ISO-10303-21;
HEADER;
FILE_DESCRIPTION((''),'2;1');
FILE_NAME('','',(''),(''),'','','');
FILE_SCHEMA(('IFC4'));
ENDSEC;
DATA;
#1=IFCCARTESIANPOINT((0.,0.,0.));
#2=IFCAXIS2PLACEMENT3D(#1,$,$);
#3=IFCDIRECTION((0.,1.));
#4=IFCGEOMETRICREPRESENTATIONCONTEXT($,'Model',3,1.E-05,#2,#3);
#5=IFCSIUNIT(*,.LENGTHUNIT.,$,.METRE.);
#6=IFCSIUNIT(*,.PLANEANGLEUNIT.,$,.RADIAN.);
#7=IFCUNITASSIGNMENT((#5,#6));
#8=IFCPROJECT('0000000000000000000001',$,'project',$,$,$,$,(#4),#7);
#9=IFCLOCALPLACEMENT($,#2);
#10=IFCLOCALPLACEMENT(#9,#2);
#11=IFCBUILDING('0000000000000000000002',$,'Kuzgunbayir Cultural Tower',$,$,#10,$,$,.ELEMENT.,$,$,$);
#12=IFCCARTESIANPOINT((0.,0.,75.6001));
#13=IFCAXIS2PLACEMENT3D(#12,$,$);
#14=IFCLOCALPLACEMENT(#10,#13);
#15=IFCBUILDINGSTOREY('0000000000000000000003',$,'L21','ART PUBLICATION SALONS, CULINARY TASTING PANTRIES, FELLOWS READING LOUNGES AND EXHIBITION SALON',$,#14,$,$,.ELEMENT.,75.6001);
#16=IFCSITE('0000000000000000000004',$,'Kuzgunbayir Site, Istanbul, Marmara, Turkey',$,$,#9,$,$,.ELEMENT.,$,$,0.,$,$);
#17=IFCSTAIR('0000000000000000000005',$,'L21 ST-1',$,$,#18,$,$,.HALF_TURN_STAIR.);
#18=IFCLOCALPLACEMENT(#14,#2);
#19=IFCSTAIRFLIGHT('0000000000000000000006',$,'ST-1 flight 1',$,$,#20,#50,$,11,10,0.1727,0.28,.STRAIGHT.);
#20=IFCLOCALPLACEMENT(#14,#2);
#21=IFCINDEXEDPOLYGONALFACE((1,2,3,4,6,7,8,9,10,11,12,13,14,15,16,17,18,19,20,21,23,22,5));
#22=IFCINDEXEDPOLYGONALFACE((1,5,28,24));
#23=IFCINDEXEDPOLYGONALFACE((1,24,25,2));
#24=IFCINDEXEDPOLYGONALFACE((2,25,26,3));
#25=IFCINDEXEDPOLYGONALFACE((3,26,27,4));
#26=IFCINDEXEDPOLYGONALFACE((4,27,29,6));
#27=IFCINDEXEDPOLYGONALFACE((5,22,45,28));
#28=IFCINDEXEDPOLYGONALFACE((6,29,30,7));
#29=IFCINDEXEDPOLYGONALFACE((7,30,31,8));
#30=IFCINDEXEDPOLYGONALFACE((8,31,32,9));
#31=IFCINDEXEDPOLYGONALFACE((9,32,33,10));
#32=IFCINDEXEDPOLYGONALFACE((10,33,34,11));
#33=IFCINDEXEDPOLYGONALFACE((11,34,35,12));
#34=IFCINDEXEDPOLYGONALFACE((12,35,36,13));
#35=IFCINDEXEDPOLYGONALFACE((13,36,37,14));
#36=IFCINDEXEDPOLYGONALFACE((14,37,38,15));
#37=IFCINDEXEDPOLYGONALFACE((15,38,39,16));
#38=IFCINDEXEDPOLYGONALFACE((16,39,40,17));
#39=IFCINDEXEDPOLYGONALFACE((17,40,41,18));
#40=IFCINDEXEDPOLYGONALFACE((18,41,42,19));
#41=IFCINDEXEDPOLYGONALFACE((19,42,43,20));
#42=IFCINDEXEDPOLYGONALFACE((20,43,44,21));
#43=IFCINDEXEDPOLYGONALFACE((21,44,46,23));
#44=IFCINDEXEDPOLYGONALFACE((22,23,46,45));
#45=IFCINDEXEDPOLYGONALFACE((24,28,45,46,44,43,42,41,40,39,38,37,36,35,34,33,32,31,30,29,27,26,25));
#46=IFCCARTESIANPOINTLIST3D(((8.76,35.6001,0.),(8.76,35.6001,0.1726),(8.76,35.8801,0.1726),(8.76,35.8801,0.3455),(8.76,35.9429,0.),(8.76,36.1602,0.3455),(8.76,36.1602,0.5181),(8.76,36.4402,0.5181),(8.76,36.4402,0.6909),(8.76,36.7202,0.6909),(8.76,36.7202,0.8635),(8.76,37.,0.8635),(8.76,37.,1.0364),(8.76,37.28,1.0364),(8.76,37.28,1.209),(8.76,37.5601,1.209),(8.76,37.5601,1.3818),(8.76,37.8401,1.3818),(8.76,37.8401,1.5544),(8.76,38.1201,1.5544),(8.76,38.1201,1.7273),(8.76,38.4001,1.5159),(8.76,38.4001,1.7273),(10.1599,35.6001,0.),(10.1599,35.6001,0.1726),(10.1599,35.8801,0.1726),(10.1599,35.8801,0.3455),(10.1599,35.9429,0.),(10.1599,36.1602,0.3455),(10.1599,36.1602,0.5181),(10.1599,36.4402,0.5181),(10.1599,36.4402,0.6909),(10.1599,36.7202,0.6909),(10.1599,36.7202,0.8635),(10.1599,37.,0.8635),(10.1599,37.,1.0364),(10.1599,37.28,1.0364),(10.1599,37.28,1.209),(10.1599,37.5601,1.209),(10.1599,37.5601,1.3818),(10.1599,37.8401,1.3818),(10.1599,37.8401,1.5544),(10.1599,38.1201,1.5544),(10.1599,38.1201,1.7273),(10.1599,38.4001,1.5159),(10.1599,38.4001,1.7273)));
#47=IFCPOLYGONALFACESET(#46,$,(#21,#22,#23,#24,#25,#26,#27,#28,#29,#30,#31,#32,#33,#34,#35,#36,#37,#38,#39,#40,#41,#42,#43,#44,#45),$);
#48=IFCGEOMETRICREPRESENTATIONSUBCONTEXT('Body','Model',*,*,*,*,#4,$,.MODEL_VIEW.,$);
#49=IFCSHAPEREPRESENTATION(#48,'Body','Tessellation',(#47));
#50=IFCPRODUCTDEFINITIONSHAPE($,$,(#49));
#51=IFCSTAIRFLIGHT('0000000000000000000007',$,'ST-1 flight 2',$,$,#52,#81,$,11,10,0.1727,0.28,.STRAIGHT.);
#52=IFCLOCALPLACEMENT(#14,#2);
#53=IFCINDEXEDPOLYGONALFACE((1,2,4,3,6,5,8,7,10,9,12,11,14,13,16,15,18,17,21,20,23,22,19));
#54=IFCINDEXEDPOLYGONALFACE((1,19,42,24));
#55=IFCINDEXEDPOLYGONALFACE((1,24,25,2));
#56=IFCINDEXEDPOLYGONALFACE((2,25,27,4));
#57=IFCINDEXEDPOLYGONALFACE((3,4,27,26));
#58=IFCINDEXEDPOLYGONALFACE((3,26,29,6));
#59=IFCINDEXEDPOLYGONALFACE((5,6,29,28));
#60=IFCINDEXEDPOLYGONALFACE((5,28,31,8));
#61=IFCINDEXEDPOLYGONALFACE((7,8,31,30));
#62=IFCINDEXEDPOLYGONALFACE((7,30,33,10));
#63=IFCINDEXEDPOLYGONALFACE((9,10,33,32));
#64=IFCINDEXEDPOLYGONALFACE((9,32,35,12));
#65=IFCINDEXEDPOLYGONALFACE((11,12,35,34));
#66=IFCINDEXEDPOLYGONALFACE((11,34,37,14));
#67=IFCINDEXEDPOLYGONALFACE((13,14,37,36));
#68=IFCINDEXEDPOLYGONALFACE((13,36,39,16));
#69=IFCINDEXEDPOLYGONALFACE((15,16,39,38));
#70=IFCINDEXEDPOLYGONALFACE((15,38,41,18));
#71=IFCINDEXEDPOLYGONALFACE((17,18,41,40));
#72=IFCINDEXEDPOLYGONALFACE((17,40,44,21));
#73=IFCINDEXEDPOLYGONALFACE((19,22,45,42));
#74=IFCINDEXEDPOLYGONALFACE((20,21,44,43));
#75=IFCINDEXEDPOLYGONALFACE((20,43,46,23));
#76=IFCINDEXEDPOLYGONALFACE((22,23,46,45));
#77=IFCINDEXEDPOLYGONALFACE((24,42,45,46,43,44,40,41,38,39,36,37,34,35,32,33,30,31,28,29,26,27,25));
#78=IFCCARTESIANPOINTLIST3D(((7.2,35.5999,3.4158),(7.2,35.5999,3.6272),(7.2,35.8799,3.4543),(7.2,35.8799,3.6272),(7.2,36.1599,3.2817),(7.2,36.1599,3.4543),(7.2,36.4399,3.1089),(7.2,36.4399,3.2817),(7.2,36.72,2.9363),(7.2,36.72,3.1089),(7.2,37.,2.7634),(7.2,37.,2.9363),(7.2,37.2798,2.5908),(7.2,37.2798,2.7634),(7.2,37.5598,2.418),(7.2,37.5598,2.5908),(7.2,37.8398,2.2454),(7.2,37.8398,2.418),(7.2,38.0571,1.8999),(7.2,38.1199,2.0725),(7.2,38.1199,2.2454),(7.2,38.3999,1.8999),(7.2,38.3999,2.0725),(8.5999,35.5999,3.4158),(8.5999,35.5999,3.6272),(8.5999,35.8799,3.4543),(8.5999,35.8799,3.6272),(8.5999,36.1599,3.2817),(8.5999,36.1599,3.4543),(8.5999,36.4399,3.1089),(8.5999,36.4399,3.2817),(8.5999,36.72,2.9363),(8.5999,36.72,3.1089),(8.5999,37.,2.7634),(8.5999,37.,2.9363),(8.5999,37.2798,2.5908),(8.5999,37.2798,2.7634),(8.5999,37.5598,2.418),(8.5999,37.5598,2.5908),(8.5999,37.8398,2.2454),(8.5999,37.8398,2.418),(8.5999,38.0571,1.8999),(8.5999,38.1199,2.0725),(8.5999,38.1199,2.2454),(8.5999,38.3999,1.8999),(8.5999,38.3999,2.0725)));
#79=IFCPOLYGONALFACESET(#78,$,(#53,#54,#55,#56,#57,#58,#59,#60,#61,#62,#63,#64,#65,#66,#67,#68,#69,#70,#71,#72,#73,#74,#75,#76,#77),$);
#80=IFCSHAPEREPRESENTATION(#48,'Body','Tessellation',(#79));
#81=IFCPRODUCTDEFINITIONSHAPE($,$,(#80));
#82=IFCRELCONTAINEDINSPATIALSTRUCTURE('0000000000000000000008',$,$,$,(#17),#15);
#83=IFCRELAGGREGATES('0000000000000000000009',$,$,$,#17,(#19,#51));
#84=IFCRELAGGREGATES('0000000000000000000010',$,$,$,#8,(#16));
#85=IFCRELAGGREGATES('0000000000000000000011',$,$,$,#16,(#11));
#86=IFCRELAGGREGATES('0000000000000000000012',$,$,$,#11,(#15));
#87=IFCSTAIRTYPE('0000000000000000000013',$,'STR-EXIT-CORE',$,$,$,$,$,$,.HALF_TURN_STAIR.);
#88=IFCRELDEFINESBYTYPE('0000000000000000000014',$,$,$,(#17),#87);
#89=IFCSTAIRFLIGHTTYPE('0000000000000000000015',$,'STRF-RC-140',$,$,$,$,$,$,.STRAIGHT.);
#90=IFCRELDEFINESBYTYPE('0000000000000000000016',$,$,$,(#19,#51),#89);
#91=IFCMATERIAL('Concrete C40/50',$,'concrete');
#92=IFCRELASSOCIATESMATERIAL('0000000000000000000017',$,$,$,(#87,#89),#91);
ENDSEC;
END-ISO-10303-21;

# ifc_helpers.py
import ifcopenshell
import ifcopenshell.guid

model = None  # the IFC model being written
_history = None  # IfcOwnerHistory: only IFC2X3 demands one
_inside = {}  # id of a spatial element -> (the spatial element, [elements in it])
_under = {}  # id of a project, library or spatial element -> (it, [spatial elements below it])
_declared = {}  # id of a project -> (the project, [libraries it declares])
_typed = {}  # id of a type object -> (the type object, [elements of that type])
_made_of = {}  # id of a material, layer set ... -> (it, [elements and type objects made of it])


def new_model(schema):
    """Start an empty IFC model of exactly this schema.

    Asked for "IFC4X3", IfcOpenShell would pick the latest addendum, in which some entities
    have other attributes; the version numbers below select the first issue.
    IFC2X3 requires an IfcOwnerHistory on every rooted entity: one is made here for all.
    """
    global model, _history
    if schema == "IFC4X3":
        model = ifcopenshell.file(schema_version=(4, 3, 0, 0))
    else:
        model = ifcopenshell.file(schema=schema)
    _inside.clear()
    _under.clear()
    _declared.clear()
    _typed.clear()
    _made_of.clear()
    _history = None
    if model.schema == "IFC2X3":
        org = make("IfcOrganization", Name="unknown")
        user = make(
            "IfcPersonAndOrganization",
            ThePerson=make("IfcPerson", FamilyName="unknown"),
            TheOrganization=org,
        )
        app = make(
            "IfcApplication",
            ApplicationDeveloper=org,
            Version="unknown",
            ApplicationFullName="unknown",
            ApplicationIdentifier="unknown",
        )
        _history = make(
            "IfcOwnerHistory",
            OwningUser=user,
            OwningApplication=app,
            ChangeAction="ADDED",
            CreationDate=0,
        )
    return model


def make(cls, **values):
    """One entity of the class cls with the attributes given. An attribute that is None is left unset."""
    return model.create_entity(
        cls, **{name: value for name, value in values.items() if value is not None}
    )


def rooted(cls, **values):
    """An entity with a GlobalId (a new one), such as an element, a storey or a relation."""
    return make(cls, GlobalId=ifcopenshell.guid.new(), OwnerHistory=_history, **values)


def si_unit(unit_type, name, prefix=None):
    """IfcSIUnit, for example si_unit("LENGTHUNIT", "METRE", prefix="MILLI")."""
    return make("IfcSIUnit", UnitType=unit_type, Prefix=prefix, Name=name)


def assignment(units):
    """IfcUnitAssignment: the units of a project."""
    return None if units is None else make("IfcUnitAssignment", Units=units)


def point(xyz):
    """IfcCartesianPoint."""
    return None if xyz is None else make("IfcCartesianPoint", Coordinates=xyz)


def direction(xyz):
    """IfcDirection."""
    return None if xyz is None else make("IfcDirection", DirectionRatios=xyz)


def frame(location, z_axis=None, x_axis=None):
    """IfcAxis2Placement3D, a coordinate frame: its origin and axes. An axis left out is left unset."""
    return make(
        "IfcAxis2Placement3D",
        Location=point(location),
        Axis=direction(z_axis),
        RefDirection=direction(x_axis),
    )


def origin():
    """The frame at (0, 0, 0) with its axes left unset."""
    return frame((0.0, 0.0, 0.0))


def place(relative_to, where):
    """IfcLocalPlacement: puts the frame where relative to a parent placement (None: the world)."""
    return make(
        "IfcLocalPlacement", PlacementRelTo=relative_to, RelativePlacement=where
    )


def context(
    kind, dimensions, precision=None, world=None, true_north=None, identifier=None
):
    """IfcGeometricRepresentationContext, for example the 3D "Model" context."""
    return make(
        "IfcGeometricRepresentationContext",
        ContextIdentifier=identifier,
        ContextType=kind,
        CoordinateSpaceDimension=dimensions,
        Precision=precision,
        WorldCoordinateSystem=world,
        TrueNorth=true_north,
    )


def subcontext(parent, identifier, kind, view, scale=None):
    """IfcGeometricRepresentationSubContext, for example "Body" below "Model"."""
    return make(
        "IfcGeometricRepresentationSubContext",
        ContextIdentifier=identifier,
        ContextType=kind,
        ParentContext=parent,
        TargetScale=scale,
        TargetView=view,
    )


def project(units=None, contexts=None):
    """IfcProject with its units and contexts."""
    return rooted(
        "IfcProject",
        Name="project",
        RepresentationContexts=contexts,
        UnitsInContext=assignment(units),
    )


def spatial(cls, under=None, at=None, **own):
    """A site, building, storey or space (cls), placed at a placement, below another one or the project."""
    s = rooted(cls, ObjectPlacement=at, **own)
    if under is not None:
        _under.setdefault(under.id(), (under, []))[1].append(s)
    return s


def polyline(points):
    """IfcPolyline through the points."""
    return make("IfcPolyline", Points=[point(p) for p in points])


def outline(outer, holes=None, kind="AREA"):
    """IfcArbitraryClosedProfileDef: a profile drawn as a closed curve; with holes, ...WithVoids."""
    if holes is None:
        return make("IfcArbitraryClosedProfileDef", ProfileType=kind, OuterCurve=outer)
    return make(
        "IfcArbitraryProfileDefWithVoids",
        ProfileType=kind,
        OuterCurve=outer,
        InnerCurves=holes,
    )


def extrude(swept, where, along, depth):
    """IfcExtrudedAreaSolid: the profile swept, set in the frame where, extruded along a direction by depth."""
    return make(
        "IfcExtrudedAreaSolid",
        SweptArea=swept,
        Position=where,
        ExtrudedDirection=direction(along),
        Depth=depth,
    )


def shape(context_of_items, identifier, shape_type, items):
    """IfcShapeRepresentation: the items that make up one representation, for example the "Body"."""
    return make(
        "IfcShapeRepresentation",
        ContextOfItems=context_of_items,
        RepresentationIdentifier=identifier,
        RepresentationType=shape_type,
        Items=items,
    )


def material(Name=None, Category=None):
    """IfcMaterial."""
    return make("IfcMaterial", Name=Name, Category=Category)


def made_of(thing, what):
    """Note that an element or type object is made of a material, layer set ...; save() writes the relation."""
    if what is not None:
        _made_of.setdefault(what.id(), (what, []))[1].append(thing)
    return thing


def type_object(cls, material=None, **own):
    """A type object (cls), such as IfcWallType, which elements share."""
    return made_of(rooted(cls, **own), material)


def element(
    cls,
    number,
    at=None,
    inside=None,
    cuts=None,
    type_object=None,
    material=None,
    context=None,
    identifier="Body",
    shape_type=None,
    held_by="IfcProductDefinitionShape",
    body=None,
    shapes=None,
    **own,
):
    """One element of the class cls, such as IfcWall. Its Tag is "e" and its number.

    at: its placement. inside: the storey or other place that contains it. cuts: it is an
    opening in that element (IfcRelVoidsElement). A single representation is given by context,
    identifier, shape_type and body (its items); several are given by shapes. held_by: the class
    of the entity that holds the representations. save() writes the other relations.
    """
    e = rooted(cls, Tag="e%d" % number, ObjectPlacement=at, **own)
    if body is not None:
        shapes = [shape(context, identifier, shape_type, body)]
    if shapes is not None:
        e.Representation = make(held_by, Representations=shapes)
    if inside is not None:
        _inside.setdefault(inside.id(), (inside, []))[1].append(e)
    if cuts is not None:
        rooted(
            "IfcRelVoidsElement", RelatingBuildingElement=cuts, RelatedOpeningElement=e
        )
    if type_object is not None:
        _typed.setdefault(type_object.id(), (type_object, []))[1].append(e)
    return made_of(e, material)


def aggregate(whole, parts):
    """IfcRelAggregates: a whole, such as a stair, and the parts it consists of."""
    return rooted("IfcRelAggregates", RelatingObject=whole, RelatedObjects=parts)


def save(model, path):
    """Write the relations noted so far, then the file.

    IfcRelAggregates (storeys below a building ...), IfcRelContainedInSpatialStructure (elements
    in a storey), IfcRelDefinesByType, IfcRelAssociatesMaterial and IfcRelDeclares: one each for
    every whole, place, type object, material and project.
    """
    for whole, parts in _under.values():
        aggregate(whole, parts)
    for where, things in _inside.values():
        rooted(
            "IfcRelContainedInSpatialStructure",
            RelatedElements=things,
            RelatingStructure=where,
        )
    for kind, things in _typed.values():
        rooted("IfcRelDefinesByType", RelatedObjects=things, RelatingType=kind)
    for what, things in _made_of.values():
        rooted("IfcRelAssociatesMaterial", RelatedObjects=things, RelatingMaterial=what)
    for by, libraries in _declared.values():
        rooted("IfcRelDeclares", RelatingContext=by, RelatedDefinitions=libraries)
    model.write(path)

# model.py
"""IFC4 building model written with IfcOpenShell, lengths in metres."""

from ifc_helpers import new_model, si_unit, direction, frame, origin, place, context, subcontext, project, spatial, polyline, outline, extrude, material, type_object, element, aggregate, save


model = new_model("IFC4")

# Units and contexts
model_context = context("Model", 3, precision=1e-05, world=origin(), true_north=direction((0.0, 1.0)))
body_context = subcontext(model_context, "Body", "Model", "MODEL_VIEW")
ifc_project = project(units=[si_unit("LENGTHUNIT", "METRE"), si_unit("PLANEANGLEUNIT", "RADIAN")], contexts=[model_context])

# Site, building, storey
site_placement = place(None, origin())
site = spatial("IfcSite", under=ifc_project, at=site_placement, Name="Kuzgunbayir Site, Istanbul, Marmara, Turkey", CompositionType="ELEMENT", RefElevation=0.0)
building_placement = place(site_placement, origin())
building = spatial("IfcBuilding", under=site, at=building_placement, Name="Kuzgunbayir Cultural Tower", CompositionType="ELEMENT")
storey_placement = place(building_placement, frame((0.0, 0.0, 75.6001)))
storey = spatial("IfcBuildingStorey", under=building, at=storey_placement, Name="L21", Description="ART PUBLICATION SALONS, CULINARY TASTING PANTRIES, FELLOWS READING LOUNGES AND EXHIBITION SALON", CompositionType="ELEMENT", Elevation=75.6001)

# Shared definitions
ifc_material_1 = material(Name="Concrete C40/50", Category="concrete")

# Stair, stair flights
stair_type = type_object("IfcStairType", Name="STR-EXIT-CORE", PredefinedType="HALF_TURN_STAIR", material=ifc_material_1)
stair_placement = place(storey_placement, origin())
stair = element("IfcStair", 1, at=stair_placement, inside=storey, type_object=stair_type, Name="L21 ST-1", PredefinedType="HALF_TURN_STAIR")
stair_flight_type = type_object("IfcStairFlightType", Name="STRF-RC-140", PredefinedType="STRAIGHT", material=ifc_material_1)
stair_flight_1_placement = place(storey_placement, frame((9.46, 35.6001, 0.0), z_axis=(0.0, 0.0, 1.0), x_axis=(0.0, 1.0, 0.0)))
stair_flight_1 = element("IfcStairFlight", 2, at=stair_flight_1_placement, type_object=stair_flight_type, Name="ST-1 flight 1", NumberOfRisers=11, NumberOfTreads=10, PredefinedType="STRAIGHT", RiserHeight=0.1727, TreadLength=0.28, context=body_context, shape_type="SweptSolid", body=[
    extrude(outline(polyline([(0.0, 0.0), (0.0, 0.1726), (0.28, 0.1726), (0.28, 0.3455), (0.5601, 0.3455), (0.5601, 0.5181), (0.8401, 0.5181), (0.8401, 0.6909), (1.1201, 0.6909), (1.1201, 0.8635), (1.3999, 0.8635), (1.3999, 1.0364), (1.6799, 1.0364), (1.6799, 1.209), (1.96, 1.209), (1.96, 1.3818), (2.24, 1.3818), (2.24, 1.5544), (2.52, 1.5544), (2.52, 1.7273), (2.8, 1.7273), (2.8, 1.8999), (2.8, 1.5159), (0.3428, 0.0), (0.0, 0.0)])), frame((0.0, 0.7, 0.0), z_axis=(0.0, -1.0, 0.0), x_axis=(1.0, 0.0, 0.0)), (0.0, 0.0, 1.0), 1.3999),
])
stair_flight_2_placement = place(storey_placement, frame((7.8999, 38.3999, 1.8999), z_axis=(0.0, 0.0, 1.0), x_axis=(0.0, -1.0, 0.0)))
stair_flight_2 = element("IfcStairFlight", 3, at=stair_flight_2_placement, type_object=stair_flight_type, Name="ST-1 flight 2", NumberOfRisers=11, NumberOfTreads=10, PredefinedType="STRAIGHT", RiserHeight=0.1727, TreadLength=0.28, context=body_context, shape_type="SweptSolid", body=[
    extrude(outline(polyline([(0.0, 0.0), (0.0, 0.1726), (0.28, 0.1726), (0.28, 0.3455), (0.5601, 0.3455), (0.5601, 0.5181), (0.8401, 0.5181), (0.8401, 0.6909), (1.1201, 0.6909), (1.1201, 0.8635), (1.3999, 0.8635), (1.3999, 1.0364), (1.6799, 1.0364), (1.6799, 1.209), (1.96, 1.209), (1.96, 1.3818), (2.24, 1.3818), (2.24, 1.5544), (2.52, 1.5544), (2.52, 1.7273), (2.8, 1.7273), (2.8, 1.8999), (2.8, 1.5159), (0.3428, 0.0), (0.0, 0.0)])), frame((0.0, 0.7, 0.0), z_axis=(0.0, -1.0, 0.0), x_axis=(1.0, 0.0, 0.0)), (0.0, 0.0, 1.0), 1.3999),
])
aggregate(stair, [stair_flight_1, stair_flight_2])

save(model, "model.ifc")
